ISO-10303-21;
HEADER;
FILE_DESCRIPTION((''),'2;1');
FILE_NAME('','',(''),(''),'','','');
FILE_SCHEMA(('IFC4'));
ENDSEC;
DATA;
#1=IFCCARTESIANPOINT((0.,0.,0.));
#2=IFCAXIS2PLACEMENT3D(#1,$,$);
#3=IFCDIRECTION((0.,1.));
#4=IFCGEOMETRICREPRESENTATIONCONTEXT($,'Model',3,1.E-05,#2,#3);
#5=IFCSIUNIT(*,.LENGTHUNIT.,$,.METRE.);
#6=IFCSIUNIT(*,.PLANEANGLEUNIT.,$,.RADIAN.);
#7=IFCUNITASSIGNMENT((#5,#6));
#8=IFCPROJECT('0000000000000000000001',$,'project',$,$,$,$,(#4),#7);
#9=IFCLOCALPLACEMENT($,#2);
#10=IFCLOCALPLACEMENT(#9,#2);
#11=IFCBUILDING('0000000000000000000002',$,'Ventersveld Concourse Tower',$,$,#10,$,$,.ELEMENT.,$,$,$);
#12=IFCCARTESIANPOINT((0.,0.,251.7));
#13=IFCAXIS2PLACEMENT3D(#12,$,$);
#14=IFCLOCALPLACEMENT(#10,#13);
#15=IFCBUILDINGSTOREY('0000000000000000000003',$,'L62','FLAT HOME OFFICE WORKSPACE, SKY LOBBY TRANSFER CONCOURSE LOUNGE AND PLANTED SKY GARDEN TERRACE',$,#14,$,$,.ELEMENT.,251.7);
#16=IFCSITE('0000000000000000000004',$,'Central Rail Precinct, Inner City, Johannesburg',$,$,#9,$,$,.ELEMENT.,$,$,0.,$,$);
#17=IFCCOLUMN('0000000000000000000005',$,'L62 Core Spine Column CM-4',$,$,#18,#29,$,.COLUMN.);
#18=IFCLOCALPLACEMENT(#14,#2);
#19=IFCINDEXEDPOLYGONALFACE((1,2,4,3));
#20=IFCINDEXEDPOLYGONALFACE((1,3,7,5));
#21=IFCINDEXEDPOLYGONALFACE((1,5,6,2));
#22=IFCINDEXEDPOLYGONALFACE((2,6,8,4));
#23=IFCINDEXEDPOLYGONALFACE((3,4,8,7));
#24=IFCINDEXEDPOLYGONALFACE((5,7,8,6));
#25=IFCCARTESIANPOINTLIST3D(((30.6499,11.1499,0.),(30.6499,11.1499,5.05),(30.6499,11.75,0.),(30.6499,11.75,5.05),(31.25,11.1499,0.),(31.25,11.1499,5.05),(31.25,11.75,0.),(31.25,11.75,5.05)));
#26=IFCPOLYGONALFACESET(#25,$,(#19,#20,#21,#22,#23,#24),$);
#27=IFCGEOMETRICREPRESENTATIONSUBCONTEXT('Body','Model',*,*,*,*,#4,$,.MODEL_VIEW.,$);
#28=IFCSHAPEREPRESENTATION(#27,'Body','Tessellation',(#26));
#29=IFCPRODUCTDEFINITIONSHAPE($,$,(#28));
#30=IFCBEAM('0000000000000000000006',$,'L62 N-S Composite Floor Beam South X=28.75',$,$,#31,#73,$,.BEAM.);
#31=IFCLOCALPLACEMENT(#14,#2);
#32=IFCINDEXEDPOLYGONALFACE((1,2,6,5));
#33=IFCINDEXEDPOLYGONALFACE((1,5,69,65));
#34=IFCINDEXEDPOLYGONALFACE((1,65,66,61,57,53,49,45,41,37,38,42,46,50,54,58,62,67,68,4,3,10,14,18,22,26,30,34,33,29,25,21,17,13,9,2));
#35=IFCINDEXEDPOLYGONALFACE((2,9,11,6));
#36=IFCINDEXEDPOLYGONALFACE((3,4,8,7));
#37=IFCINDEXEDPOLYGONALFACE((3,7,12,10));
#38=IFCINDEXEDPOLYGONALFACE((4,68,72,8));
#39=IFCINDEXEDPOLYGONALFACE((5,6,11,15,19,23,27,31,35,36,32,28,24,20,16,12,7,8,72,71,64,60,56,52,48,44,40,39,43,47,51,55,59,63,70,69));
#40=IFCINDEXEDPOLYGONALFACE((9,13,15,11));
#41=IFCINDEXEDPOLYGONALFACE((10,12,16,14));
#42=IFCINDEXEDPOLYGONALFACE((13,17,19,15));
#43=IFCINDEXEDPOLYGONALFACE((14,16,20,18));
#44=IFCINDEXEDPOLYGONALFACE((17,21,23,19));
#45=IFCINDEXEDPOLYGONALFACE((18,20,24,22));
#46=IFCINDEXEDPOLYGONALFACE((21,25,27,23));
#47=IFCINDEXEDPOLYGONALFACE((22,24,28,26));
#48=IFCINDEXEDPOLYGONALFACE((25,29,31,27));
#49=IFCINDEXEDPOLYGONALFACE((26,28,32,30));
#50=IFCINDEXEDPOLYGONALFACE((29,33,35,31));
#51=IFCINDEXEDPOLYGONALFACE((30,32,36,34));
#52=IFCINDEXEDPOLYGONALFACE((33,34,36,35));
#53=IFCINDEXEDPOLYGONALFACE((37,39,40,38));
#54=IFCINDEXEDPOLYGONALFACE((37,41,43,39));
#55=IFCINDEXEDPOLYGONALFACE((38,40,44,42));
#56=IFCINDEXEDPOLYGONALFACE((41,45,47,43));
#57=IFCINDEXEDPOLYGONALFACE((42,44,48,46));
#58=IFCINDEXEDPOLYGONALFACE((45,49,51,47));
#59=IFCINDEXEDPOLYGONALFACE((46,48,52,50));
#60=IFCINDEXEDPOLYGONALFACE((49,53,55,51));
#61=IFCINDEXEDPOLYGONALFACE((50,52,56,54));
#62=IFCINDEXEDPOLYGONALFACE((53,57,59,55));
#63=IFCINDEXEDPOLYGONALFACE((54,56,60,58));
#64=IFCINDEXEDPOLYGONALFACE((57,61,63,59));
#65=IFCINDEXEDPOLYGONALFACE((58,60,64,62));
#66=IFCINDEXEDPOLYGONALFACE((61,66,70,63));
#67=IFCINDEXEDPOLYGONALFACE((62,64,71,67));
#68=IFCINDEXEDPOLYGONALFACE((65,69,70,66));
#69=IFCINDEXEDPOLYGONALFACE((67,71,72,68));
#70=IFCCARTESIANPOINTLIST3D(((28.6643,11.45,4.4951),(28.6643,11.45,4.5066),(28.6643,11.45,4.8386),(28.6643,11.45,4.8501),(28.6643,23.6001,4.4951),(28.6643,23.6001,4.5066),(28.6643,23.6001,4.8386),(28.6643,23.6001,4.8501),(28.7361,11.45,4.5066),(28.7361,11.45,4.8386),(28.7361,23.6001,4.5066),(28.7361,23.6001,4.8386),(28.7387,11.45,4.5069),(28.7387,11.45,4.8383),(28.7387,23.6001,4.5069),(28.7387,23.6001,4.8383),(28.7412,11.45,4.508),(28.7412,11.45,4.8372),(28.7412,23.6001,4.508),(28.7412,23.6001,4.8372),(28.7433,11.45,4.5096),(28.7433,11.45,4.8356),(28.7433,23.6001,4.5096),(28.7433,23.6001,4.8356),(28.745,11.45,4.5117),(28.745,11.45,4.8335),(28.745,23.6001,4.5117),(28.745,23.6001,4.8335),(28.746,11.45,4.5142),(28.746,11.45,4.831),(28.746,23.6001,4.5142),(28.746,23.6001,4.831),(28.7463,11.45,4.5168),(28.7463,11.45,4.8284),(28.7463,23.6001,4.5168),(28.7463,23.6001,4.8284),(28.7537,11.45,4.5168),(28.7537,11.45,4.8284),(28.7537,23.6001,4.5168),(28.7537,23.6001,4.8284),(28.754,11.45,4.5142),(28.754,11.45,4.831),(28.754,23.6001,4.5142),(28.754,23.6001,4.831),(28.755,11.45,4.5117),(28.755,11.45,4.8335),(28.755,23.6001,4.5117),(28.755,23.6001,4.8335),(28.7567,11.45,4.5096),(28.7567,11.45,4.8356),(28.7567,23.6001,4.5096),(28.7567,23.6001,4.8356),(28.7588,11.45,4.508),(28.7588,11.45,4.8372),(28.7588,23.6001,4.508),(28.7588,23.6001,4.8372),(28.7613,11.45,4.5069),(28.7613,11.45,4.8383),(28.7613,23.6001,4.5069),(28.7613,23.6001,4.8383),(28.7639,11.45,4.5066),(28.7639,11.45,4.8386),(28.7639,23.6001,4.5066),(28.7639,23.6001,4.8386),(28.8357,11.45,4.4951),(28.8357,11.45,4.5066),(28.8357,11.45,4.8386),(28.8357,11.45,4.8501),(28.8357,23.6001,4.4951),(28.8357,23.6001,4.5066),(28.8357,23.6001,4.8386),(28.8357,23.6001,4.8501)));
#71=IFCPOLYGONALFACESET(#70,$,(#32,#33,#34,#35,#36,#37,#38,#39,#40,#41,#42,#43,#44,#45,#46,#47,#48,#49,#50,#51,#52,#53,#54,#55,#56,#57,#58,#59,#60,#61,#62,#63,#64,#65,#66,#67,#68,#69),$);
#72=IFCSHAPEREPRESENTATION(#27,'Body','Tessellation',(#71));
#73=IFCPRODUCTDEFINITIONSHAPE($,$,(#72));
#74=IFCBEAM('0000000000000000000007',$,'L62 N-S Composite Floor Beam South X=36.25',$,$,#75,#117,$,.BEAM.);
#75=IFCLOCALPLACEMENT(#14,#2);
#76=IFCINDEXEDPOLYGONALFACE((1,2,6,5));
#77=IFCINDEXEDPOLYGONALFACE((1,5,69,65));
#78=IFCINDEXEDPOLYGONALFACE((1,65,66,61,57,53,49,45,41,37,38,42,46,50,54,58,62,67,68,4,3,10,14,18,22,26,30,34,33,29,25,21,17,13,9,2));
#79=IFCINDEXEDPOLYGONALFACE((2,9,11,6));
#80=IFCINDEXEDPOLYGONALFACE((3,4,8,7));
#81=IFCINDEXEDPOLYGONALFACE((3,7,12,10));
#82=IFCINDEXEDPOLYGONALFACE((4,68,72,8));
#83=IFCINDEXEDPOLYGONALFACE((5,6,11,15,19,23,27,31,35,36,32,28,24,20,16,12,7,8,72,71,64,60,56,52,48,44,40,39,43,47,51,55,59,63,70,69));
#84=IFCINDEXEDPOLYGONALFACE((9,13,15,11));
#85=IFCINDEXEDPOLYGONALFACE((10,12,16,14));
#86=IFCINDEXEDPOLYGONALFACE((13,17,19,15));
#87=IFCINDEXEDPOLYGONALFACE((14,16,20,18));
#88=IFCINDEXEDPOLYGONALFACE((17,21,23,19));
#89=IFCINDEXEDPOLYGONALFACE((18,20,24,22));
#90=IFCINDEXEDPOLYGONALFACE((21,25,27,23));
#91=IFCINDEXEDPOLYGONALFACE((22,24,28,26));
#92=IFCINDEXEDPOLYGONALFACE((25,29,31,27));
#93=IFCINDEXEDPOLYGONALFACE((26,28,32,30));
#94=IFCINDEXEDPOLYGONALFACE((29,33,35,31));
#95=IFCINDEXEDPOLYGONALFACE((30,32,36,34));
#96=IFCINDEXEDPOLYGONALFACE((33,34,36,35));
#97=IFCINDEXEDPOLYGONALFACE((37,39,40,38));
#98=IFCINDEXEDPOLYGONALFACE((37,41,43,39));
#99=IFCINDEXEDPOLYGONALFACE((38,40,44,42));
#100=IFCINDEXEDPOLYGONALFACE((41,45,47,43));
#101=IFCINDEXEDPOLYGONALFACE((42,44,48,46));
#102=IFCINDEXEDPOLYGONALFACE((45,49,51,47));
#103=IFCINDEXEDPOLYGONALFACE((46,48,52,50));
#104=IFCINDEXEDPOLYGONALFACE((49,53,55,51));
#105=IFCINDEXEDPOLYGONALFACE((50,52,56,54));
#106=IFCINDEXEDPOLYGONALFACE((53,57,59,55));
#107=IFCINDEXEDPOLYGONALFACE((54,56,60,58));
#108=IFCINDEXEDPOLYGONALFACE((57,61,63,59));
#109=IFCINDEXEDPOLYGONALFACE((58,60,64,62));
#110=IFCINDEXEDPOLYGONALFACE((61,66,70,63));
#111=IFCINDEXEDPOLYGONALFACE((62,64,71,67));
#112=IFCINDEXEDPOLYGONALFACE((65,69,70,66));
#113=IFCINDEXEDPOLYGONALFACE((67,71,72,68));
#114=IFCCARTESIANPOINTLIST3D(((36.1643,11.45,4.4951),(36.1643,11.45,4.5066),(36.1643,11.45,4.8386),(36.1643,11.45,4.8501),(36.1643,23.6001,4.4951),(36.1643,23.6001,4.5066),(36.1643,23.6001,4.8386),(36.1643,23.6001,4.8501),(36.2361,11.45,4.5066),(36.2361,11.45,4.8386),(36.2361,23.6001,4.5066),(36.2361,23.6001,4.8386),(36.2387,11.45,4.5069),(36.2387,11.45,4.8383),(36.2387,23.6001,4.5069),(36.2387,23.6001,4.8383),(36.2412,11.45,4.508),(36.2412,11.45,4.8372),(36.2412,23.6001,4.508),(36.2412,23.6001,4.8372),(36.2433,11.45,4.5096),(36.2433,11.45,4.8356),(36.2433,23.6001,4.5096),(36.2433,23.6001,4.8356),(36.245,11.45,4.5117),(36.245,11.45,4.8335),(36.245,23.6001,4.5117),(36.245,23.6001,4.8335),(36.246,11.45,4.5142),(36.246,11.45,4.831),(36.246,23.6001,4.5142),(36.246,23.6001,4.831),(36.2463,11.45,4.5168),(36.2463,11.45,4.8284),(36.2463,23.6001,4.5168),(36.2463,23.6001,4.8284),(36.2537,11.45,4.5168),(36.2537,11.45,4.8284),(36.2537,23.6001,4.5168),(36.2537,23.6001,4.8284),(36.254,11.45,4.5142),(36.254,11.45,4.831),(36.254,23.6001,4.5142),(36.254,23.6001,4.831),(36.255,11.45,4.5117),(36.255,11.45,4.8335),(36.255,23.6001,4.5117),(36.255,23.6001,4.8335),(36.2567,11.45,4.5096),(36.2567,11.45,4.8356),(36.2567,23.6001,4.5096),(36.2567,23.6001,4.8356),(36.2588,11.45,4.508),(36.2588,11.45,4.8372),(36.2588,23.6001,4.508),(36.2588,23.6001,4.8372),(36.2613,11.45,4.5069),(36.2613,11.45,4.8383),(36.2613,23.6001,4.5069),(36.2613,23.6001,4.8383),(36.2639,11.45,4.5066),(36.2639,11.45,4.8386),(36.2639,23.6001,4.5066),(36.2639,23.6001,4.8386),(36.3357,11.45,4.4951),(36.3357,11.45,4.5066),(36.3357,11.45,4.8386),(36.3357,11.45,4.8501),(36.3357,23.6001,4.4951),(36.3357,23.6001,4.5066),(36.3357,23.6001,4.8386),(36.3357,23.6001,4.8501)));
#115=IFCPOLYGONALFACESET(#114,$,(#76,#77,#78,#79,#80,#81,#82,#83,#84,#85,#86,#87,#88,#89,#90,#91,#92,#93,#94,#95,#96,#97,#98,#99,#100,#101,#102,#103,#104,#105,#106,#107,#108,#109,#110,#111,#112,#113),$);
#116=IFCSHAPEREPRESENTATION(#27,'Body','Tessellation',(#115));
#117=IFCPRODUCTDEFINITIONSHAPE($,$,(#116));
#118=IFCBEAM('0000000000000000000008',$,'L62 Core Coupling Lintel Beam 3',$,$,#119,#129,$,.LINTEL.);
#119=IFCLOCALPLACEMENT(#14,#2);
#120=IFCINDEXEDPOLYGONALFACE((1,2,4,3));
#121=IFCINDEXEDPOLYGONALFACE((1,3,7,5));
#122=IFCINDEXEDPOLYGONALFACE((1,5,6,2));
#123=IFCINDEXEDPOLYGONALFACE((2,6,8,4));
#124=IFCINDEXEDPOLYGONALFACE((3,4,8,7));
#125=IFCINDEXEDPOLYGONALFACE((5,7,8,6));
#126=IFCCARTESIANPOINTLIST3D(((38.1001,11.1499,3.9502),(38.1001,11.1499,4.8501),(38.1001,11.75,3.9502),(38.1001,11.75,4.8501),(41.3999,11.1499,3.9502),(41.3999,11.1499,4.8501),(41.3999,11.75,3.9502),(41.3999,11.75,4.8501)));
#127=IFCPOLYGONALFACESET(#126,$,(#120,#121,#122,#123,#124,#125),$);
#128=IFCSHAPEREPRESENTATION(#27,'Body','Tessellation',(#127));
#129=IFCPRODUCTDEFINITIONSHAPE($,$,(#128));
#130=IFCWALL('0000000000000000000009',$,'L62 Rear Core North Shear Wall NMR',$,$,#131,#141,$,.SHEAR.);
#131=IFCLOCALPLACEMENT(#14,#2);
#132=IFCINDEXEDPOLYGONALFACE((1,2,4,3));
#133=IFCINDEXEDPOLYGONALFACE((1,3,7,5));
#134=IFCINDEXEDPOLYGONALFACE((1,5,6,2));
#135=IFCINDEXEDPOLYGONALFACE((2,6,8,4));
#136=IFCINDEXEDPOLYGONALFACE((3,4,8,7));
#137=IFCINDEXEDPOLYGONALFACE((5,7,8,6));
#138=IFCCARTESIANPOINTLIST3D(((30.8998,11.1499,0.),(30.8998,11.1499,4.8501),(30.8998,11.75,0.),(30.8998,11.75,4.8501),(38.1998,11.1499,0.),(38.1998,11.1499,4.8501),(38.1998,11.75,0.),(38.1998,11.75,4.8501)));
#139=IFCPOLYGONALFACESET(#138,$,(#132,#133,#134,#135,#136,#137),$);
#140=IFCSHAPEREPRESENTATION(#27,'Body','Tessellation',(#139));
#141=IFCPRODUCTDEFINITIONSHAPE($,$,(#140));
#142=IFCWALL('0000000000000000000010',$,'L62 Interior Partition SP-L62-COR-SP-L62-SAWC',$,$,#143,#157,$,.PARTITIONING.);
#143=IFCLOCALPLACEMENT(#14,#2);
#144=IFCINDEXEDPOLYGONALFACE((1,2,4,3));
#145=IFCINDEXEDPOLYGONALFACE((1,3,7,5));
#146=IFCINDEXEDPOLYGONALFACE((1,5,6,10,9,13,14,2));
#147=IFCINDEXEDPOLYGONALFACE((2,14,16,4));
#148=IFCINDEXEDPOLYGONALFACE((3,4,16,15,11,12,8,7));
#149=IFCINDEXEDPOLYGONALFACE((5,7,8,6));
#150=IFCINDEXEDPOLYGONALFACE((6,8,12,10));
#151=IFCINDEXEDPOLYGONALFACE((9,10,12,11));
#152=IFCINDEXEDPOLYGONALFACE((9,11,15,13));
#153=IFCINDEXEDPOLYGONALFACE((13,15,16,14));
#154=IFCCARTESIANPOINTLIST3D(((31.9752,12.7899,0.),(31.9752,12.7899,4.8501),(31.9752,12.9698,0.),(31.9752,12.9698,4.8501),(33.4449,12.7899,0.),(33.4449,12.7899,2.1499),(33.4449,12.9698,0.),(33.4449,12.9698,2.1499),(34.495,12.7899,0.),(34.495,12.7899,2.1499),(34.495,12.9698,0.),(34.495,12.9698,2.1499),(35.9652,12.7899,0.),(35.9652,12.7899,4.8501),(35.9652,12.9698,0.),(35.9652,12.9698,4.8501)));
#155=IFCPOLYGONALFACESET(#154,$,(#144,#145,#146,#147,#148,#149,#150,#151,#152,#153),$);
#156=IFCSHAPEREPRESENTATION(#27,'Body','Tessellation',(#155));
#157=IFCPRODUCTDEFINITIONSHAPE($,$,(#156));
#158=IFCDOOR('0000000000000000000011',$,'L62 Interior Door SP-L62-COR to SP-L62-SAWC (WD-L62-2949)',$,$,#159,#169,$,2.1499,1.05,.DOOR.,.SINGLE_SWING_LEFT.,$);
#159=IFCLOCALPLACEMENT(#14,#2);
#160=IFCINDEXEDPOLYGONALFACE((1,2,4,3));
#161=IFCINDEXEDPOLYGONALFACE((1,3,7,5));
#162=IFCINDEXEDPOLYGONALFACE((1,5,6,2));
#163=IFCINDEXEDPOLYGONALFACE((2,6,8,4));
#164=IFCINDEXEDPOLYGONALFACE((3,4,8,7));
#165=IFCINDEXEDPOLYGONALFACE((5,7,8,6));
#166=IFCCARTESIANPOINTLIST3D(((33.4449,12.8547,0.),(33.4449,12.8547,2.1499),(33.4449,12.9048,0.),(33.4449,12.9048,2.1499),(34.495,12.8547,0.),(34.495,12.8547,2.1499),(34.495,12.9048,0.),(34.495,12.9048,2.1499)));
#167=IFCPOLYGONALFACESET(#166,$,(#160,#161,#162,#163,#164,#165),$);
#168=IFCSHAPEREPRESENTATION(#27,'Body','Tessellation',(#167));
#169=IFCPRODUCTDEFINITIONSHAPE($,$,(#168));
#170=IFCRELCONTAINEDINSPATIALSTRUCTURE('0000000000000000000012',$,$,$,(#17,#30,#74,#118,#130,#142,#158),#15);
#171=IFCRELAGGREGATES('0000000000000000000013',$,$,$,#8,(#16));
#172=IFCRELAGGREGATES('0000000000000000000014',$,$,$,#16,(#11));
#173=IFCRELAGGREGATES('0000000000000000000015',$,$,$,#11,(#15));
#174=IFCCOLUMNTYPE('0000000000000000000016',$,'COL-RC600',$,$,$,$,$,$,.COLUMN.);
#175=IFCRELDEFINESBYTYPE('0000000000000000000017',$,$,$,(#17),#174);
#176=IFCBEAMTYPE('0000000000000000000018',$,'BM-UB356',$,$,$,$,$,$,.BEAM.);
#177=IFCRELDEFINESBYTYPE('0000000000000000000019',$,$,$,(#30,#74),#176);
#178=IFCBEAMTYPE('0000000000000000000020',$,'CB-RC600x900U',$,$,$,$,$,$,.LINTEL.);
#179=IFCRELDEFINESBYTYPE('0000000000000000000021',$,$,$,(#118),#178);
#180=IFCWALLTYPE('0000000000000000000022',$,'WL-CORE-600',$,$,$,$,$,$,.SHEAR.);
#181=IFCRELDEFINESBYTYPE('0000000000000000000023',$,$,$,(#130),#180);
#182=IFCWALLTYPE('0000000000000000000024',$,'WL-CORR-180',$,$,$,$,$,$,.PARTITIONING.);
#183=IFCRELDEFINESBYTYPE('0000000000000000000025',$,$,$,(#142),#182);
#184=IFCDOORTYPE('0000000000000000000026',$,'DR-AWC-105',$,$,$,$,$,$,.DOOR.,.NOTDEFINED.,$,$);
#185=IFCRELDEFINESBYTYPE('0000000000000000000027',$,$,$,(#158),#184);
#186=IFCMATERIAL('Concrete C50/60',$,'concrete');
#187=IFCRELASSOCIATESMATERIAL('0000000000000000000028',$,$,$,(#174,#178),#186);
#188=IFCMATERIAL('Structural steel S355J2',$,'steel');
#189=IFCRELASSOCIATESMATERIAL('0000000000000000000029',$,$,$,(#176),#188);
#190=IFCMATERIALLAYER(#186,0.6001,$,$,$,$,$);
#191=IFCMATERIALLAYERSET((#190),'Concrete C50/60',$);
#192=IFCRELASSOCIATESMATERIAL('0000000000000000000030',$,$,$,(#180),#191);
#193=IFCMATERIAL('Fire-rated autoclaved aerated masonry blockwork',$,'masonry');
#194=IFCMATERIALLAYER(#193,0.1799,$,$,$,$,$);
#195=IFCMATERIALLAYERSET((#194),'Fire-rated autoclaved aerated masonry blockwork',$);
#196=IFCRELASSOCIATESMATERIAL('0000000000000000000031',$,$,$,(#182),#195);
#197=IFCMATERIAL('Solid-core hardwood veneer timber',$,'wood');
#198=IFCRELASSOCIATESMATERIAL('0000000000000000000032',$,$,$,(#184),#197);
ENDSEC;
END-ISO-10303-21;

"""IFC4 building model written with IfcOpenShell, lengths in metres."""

from ifc_helpers import new_model, si_unit, direction, frame, frame_2d, origin, origin_2d, place, context, subcontext, project, spatial, rectangle, i_section, extrude, material, layer, layer_set, material_profile, profile_set, type_object, element, fill, save


model = new_model("IFC4")

# Units and contexts
model_context = context("Model", 3, precision=1e-05, world=origin(), true_north=direction((0.0, 1.0)))
body_context = subcontext(model_context, "Body", "Model", "MODEL_VIEW")
ifc_project = project(units=[si_unit("LENGTHUNIT", "METRE"), si_unit("PLANEANGLEUNIT", "RADIAN")], contexts=[model_context])

# Site, building, storey
site_placement = place(None, origin())
site = spatial("IfcSite", under=ifc_project, at=site_placement, Name="Central Rail Precinct, Inner City, Johannesburg", CompositionType="ELEMENT", RefElevation=0.0)
building_placement = place(site_placement, origin())
building = spatial("IfcBuilding", under=site, at=building_placement, Name="Ventersveld Concourse Tower", CompositionType="ELEMENT")
storey_placement = place(building_placement, frame((0.0, 0.0, 251.7)))
storey = spatial("IfcBuildingStorey", under=building, at=storey_placement, Name="L62", Description="FLAT HOME OFFICE WORKSPACE, SKY LOBBY TRANSFER CONCOURSE LOUNGE AND PLANTED SKY GARDEN TERRACE", CompositionType="ELEMENT", Elevation=251.7)

# Column
ifc_material_1 = material(Name="Concrete C50/60", Category="concrete")
ifc_material_profile_1 = material_profile(ifc_material_1, rectangle(XDim=0.6001, YDim=0.6001, at=origin_2d()), Name="RC 600x600")
ifc_profile_set_1 = profile_set([ifc_material_profile_1], Name="Concrete C50/60")
column_type = type_object("IfcColumnType", Name="COL-RC600", PredefinedType="COLUMN", material=ifc_profile_set_1)
column_placement = place(storey_placement, frame((30.95, 11.45, 0.0), z_axis=(0.0, 0.0, 1.0), x_axis=(1.0, 0.0, 0.0)))
element("IfcColumn", 1, at=column_placement, inside=storey, type_object=column_type, Name="L62 Core Spine Column CM-4", PredefinedType="COLUMN", context=body_context, shape_type="SweptSolid", body=[
    extrude(rectangle(XDim=0.6001, YDim=0.6001, at=origin_2d()), origin(), (0.0, 0.0, 1.0), 5.05),
])

# Beams
ifc_material_2 = material(Name="Structural steel S355J2", Category="steel")
ifc_material_profile_2 = material_profile(ifc_material_2, i_section(OverallWidth=0.1714, OverallDepth=0.355, WebThickness=0.0073, FlangeThickness=0.0115, FilletRadius=0.0103, at=origin_2d()), Name="UB 356x171x51")
ifc_profile_set_2 = profile_set([ifc_material_profile_2], Name="Structural steel S355J2")
beam_type_1 = type_object("IfcBeamType", Name="BM-UB356", PredefinedType="BEAM", material=ifc_profile_set_2)
for number, where, z_axis, x_axis, name in (
    (2, (28.75, 11.45, 4.6726), (0.0, 1.0, 0.0), (-1.0, 0.0, 0.0), "L62 N-S Composite Floor Beam South X=28.75"),
    (3, (36.25, 11.45, 4.6726), (0.0, 1.0, 0.0), (-1.0, 0.0, 0.0), "L62 N-S Composite Floor Beam South X=36.25"),
):
    element("IfcBeam", number, at=place(storey_placement, frame(where, z_axis=z_axis, x_axis=x_axis)), inside=storey, type_object=beam_type_1, Name=name, PredefinedType="BEAM", context=body_context, shape_type="SweptSolid", body=[
        extrude(i_section(OverallWidth=0.1714, OverallDepth=0.355, WebThickness=0.0073, FlangeThickness=0.0115, FilletRadius=0.0103, at=origin_2d()), origin(), (0.0, 0.0, 1.0), 12.1501),
    ])
ifc_material_profile_3 = material_profile(ifc_material_1, rectangle(XDim=0.6001, YDim=0.8999, at=origin_2d()), Name="RC 600x900")
ifc_profile_set_3 = profile_set([ifc_material_profile_3], Name="Concrete C50/60")
beam_type_2 = type_object("IfcBeamType", Name="CB-RC600x900U", PredefinedType="LINTEL", material=ifc_profile_set_3)
beam_placement = place(storey_placement, frame((38.1001, 11.45, 4.4001), z_axis=(1.0, 0.0, 0.0), x_axis=(0.0, 1.0, 0.0)))
element("IfcBeam", 4, at=beam_placement, inside=storey, type_object=beam_type_2, Name="L62 Core Coupling Lintel Beam 3", PredefinedType="LINTEL", context=body_context, shape_type="SweptSolid", body=[
    extrude(rectangle(XDim=0.6001, YDim=0.8999, at=origin_2d()), origin(), (0.0, 0.0, 1.0), 3.2998),
])

# Wall
ifc_layer_1 = layer(ifc_material_1, 0.6001)
ifc_layer_set_1 = layer_set([ifc_layer_1], Name="Concrete C50/60")
wall_type_1 = type_object("IfcWallType", Name="WL-CORE-600", PredefinedType="SHEAR", material=ifc_layer_set_1)
wall_1_placement = place(storey_placement, frame((30.8999, 11.45, 0.0), z_axis=(0.0, 0.0, 1.0), x_axis=(1.0, 0.0, 0.0)))
element("IfcWall", 5, at=wall_1_placement, inside=storey, type_object=wall_type_1, Name="L62 Rear Core North Shear Wall NMR", PredefinedType="SHEAR", context=body_context, shape_type="SweptSolid", body=[
    extrude(rectangle(XDim=7.3, YDim=0.6001, at=frame_2d((3.6499, 0.0))), origin(), (0.0, 0.0, 1.0), 4.8501),
])

# Wall, opening, door
ifc_material_3 = material(Name="Fire-rated autoclaved aerated masonry blockwork", Category="masonry")
ifc_layer_2 = layer(ifc_material_3, 0.1799)
ifc_layer_set_2 = layer_set([ifc_layer_2], Name="Fire-rated autoclaved aerated masonry blockwork")
wall_type_2 = type_object("IfcWallType", Name="WL-CORR-180", PredefinedType="PARTITIONING", material=ifc_layer_set_2)
wall_2_placement = place(storey_placement, frame((31.9751, 12.8799, 0.0), z_axis=(0.0, 0.0, 1.0), x_axis=(1.0, 0.0, 0.0)))
wall_2 = element("IfcWall", 6, at=wall_2_placement, inside=storey, type_object=wall_type_2, Name="L62 Interior Partition SP-L62-COR-SP-L62-SAWC", PredefinedType="PARTITIONING", context=body_context, shape_type="SweptSolid", body=[
    extrude(rectangle(XDim=3.99, YDim=0.1799, at=frame_2d((1.9951, 0.0))), origin(), (0.0, 0.0, 1.0), 4.8501),
])
opening_1_placement = place(wall_2_placement, frame((1.47, 0.0, 0.0)))
opening_1 = element("IfcOpeningElement", 7, at=opening_1_placement, cuts=wall_2, PredefinedType="OPENING", context=body_context, shape_type="SweptSolid", body=[
    extrude(rectangle(XDim=1.05, YDim=2.1499, at=frame_2d((0.5249, 1.075))), frame((0.0, 0.1001, 0.0), z_axis=(0.0, -1.0, 0.0), x_axis=(1.0, 0.0, 0.0)), (0.0, 0.0, 1.0), 0.2),
])
ifc_material_4 = material(Name="Solid-core hardwood veneer timber", Category="wood")
door_type_1 = type_object("IfcDoorType", Name="DR-AWC-105", OperationType="NOTDEFINED", PredefinedType="DOOR", material=ifc_material_4)
door_1_placement = place(opening_1_placement, origin())
door_1 = element("IfcDoor", 8, at=door_1_placement, inside=storey, type_object=door_type_1, Name="L62 Interior Door SP-L62-COR to SP-L62-SAWC (WD-L62-2949)", OperationType="SINGLE_SWING_LEFT", OverallHeight=2.1499, OverallWidth=1.05, PredefinedType="DOOR", context=body_context, shape_type="SweptSolid", body=[
    extrude(rectangle(XDim=1.05, YDim=2.1499, at=frame_2d((0.5249, 1.075))), frame((0.0, 0.0249, 0.0), z_axis=(0.0, -1.0, 0.0), x_axis=(1.0, 0.0, 0.0)), (0.0, 0.0, 1.0), 0.05),
])
fill(opening_1, door_1)

save(model, "model.ifc")
